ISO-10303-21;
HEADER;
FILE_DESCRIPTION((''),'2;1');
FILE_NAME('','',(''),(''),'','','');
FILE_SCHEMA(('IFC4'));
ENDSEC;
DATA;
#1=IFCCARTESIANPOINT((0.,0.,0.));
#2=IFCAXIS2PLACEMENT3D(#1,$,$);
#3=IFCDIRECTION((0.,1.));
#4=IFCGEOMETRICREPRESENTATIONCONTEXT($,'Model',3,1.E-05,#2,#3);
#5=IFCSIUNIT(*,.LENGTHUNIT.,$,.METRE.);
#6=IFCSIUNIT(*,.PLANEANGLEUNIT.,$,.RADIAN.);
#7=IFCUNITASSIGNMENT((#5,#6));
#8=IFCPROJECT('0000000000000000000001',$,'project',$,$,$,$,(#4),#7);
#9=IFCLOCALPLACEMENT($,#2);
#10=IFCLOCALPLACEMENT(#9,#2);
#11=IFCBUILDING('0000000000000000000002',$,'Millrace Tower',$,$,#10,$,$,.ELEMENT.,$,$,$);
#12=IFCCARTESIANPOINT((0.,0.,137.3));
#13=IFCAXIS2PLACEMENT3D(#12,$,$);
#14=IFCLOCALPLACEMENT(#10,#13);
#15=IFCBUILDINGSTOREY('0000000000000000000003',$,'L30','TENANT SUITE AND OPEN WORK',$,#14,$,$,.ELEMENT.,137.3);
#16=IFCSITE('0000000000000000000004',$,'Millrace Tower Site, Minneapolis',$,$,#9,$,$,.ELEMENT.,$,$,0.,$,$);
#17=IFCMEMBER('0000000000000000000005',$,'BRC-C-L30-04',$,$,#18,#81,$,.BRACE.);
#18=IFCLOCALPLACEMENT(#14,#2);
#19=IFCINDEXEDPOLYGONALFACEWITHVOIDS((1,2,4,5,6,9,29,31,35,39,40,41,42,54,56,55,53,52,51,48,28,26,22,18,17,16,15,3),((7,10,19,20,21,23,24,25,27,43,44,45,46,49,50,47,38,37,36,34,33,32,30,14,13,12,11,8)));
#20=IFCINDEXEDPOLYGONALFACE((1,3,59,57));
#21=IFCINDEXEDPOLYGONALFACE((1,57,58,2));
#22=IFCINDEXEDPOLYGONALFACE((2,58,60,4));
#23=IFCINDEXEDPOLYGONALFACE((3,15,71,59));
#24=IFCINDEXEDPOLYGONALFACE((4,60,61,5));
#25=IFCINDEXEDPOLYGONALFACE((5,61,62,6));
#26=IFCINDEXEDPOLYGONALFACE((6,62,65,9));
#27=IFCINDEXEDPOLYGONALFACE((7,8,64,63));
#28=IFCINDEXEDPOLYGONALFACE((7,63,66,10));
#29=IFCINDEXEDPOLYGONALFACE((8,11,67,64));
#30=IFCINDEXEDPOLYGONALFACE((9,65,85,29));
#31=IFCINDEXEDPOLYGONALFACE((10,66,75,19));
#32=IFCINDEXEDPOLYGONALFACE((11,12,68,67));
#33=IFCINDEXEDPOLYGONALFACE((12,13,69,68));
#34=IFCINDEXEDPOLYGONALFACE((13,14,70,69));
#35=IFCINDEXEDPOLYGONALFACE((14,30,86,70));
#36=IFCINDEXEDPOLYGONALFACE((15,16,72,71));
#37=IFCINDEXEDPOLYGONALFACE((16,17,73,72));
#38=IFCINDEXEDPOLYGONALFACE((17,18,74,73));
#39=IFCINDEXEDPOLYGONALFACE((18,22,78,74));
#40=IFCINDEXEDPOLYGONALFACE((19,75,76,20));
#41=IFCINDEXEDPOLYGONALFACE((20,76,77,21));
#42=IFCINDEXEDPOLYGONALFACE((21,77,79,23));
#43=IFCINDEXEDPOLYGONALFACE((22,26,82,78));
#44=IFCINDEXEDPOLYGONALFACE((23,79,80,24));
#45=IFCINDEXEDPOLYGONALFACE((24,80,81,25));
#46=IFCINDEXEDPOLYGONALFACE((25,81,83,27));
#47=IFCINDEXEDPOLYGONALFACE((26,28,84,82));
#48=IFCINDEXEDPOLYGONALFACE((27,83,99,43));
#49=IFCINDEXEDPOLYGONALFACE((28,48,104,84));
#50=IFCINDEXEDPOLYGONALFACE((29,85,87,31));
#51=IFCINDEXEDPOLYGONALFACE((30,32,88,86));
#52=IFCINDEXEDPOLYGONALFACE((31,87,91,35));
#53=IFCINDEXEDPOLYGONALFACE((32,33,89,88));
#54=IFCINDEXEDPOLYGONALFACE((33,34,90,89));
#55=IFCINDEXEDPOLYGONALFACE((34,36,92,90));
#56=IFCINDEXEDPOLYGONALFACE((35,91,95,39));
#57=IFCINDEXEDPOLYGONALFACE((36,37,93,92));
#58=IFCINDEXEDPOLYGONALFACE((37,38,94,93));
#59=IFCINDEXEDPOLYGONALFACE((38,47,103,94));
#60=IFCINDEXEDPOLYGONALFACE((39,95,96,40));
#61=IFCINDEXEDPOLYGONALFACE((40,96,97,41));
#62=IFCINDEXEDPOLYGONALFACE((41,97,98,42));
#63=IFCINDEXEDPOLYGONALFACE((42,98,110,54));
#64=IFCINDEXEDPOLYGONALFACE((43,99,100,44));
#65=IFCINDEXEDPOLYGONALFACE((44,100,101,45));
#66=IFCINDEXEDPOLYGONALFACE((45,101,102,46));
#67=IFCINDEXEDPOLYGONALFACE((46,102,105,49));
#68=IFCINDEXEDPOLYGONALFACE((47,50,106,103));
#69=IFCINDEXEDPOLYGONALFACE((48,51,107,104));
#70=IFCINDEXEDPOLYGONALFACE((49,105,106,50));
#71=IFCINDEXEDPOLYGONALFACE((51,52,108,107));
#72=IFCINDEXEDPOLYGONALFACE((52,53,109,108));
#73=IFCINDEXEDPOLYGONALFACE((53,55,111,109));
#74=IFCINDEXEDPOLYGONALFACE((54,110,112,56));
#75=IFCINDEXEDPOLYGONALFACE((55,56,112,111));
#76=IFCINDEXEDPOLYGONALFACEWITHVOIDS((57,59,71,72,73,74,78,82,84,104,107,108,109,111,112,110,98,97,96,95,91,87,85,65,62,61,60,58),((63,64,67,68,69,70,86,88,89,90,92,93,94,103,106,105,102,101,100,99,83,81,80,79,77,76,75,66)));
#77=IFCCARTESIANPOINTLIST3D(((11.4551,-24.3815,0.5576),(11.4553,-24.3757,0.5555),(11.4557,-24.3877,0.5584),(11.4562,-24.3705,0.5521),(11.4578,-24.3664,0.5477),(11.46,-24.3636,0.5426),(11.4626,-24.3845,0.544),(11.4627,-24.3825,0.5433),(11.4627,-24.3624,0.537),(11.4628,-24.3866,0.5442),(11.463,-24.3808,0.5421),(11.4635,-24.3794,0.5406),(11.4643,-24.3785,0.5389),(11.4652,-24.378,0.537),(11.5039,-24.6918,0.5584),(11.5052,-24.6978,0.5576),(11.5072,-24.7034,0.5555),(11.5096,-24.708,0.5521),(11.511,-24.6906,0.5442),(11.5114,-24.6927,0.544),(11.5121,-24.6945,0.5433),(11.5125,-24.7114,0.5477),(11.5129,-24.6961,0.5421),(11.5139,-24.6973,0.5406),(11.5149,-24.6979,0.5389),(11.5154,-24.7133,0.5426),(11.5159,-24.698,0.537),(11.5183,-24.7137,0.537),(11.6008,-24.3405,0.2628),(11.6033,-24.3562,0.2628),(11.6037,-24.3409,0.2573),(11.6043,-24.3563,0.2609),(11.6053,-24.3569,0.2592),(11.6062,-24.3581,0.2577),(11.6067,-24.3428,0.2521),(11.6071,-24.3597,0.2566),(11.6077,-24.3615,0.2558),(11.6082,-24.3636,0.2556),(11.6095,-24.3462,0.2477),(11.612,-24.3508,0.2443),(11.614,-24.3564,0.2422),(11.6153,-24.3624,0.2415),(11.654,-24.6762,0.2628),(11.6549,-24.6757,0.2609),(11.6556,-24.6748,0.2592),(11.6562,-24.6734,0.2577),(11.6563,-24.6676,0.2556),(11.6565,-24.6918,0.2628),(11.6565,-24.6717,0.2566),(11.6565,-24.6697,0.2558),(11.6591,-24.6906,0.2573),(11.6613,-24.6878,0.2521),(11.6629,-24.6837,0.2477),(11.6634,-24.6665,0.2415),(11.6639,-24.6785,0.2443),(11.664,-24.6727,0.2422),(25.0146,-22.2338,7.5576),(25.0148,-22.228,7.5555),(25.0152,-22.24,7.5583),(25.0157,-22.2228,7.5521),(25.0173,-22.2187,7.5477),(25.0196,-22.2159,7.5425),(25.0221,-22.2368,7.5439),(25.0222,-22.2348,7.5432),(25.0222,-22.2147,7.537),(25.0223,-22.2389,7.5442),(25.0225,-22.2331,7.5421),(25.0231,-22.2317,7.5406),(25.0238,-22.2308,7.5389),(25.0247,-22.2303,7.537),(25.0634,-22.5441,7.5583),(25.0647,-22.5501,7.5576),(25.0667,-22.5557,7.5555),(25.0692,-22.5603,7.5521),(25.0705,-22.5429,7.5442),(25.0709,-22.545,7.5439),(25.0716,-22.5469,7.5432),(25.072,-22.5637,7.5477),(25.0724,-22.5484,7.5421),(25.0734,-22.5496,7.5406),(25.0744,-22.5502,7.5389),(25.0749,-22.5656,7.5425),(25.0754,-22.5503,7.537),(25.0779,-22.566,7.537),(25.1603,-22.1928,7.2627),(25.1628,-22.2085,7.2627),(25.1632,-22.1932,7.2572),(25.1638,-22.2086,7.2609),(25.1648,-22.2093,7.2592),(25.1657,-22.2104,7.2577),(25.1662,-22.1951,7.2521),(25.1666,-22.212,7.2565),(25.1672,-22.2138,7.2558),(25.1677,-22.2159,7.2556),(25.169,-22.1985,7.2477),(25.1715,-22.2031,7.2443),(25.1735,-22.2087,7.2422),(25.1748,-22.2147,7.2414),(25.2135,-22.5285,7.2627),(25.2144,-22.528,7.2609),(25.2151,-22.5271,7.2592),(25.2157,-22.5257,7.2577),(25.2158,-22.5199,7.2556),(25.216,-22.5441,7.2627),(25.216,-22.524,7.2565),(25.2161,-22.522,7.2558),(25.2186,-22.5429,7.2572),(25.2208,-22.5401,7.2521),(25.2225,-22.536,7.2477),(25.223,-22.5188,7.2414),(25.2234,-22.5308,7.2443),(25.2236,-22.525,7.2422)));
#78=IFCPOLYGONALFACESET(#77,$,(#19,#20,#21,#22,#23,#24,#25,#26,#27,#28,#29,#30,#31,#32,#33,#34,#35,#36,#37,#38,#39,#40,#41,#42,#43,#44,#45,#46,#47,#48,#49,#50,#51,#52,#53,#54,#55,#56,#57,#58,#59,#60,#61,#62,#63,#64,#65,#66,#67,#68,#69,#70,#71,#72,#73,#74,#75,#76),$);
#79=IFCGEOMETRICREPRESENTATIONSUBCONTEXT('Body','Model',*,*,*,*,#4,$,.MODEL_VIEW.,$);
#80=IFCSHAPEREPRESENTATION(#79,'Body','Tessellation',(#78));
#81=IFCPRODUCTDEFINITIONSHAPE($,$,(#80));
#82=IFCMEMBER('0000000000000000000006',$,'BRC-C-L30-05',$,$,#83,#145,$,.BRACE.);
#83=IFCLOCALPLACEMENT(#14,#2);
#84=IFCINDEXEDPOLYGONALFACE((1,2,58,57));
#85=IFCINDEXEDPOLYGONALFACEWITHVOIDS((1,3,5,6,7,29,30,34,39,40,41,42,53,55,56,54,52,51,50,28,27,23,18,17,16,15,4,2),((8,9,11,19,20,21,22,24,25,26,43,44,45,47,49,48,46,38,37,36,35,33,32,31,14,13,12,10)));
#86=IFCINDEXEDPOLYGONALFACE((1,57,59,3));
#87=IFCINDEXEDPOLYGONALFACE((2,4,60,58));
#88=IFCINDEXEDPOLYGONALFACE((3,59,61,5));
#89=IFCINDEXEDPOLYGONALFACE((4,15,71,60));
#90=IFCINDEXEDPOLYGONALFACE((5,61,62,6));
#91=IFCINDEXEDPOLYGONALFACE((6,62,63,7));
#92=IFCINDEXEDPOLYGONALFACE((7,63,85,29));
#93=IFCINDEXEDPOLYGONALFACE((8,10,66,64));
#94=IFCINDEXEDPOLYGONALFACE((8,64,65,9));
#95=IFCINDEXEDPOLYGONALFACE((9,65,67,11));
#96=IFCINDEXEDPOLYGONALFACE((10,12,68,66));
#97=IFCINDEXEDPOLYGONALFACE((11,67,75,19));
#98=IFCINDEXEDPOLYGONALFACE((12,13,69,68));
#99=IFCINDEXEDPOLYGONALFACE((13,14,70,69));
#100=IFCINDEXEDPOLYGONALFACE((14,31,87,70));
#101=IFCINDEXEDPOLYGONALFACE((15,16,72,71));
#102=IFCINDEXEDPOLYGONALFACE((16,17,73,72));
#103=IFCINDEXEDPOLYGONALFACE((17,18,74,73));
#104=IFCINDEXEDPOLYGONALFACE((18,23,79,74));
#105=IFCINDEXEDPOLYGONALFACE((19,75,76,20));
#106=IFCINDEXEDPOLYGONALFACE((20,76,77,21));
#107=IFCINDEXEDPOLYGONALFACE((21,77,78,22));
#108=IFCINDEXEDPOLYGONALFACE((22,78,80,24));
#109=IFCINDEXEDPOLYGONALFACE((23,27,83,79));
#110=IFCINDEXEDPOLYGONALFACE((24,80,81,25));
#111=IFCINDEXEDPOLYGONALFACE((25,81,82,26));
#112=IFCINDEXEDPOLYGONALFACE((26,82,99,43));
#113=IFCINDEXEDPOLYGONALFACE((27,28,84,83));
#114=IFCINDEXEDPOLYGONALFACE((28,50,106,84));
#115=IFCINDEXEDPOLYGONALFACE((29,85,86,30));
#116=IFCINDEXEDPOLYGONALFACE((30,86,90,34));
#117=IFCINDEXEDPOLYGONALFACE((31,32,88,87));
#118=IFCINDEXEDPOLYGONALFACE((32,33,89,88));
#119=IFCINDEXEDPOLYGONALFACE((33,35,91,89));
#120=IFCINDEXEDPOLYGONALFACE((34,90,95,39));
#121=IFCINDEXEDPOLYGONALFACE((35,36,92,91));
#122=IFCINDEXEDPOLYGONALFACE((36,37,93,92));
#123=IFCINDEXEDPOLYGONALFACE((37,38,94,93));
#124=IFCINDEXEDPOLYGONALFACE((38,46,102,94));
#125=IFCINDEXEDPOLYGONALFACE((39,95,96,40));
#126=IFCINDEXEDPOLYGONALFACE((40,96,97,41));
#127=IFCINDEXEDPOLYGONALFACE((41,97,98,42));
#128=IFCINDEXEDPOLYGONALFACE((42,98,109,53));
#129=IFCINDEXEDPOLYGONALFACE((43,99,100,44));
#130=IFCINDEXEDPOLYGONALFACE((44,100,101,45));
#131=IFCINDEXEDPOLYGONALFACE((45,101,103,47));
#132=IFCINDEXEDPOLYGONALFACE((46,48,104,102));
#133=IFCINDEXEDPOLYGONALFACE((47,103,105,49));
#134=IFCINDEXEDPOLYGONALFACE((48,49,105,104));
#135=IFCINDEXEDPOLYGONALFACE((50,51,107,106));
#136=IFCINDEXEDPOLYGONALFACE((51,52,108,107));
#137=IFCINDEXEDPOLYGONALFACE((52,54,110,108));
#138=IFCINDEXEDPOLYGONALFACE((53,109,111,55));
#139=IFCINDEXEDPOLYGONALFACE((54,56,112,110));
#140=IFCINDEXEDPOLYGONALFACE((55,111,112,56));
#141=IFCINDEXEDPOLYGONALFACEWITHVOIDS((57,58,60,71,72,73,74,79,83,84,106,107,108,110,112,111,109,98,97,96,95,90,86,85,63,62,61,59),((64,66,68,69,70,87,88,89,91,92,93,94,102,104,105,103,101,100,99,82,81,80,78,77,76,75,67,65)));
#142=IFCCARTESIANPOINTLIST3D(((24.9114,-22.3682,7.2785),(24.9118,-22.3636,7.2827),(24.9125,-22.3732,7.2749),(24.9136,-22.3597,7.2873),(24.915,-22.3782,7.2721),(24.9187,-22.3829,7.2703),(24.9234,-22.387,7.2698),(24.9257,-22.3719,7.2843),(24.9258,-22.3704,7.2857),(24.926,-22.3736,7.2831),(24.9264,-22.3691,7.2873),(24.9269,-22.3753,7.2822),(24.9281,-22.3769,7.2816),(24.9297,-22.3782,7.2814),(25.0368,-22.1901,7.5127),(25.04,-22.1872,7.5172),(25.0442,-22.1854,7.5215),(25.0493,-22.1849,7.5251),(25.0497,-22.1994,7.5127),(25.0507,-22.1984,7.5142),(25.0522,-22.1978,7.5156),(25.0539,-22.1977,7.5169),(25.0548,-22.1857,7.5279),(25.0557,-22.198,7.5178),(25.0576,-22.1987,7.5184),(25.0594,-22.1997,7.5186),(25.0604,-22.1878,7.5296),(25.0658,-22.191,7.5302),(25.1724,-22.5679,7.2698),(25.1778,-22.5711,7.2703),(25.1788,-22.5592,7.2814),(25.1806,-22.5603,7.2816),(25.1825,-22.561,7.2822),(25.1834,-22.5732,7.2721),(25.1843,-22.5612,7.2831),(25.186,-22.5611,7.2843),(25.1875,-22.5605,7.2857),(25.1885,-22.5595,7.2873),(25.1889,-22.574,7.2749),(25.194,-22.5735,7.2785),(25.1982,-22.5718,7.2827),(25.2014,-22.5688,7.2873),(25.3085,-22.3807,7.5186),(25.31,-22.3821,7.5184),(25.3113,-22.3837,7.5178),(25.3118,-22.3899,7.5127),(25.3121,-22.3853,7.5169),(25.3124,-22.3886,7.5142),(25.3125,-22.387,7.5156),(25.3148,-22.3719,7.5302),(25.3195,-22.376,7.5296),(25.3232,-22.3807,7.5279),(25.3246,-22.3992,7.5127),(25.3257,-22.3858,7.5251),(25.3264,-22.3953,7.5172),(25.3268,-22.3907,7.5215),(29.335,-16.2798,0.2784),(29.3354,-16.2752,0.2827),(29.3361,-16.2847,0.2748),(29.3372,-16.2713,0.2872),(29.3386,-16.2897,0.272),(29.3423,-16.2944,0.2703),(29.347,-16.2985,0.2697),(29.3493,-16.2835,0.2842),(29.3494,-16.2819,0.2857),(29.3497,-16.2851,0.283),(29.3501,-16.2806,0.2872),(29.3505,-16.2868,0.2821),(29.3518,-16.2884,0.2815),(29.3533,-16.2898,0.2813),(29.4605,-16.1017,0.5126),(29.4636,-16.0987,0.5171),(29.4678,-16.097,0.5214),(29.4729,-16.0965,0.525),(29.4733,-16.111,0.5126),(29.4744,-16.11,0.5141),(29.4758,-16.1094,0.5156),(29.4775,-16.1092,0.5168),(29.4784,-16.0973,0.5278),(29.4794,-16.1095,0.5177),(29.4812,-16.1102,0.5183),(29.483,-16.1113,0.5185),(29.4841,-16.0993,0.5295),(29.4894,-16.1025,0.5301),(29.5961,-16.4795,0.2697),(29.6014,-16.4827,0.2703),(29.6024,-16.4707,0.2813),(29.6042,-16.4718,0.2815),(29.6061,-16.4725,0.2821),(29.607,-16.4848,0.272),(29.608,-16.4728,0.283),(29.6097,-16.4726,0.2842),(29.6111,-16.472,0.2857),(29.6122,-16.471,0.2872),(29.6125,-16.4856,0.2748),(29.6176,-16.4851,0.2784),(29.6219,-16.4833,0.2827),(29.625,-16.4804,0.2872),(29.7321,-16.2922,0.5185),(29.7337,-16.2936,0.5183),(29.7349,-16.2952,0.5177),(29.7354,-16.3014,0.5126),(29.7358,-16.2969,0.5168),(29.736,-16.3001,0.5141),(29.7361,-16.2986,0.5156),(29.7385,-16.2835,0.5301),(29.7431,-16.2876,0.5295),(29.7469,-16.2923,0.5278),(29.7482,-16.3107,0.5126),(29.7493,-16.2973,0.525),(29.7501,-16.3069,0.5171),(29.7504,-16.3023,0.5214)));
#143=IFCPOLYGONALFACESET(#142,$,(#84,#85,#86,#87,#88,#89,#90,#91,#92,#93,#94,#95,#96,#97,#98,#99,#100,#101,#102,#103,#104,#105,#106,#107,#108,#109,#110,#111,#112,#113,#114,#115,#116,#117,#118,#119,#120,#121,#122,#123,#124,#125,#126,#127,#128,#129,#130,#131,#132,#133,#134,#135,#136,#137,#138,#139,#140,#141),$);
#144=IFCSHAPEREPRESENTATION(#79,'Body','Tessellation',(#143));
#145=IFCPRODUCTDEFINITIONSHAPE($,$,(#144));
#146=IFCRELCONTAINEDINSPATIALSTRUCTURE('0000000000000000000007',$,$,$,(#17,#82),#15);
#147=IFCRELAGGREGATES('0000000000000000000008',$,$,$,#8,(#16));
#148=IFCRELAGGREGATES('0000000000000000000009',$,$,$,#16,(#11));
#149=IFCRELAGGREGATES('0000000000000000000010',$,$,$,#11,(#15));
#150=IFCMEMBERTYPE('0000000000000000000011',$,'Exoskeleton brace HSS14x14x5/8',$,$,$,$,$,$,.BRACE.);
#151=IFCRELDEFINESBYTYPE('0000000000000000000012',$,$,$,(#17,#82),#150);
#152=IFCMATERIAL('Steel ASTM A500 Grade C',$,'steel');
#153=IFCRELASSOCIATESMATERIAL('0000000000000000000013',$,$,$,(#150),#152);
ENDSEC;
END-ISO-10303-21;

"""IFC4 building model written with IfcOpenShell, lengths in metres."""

from ifc_helpers import new_model, si_unit, direction, frame, origin, origin_2d, place, context, subcontext, project, spatial, hollow_rectangle, extrude, material, material_profile, profile_set, type_object, element, save


model = new_model("IFC4")

# Units and contexts
model_context = context("Model", 3, precision=1e-05, world=origin(), true_north=direction((0.0, 1.0)))
body_context = subcontext(model_context, "Body", "Model", "MODEL_VIEW")
ifc_project = project(units=[si_unit("LENGTHUNIT", "METRE"), si_unit("PLANEANGLEUNIT", "RADIAN")], contexts=[model_context])

# Site, building, storey
site_placement = place(None, origin())
site = spatial("IfcSite", under=ifc_project, at=site_placement, Name="Millrace Tower Site, Minneapolis", CompositionType="ELEMENT", RefElevation=0.0)
building_placement = place(site_placement, origin())
building = spatial("IfcBuilding", under=site, at=building_placement, Name="Millrace Tower", CompositionType="ELEMENT")
storey_placement = place(building_placement, frame((0.0, 0.0, 137.3)))
storey = spatial("IfcBuildingStorey", under=building, at=storey_placement, Name="L30", Description="TENANT SUITE AND OPEN WORK", CompositionType="ELEMENT", Elevation=137.3)

# Members
ifc_material_1 = material(Name="Steel ASTM A500 Grade C", Category="steel")
ifc_material_profile_1 = material_profile(ifc_material_1, hollow_rectangle(XDim=0.3557, YDim=0.3557, WallThickness=0.0159, InnerFilletRadius=0.0081, OuterFilletRadius=0.0239, at=origin_2d()))
ifc_profile_set_1 = profile_set([ifc_material_profile_1], Name="Steel ASTM A500 Grade C")
member_type_1 = type_object("IfcMemberType", Name="Exoskeleton brace HSS14x14x5/8", PredefinedType="BRACE", material=ifc_profile_set_1)
member_1_placement = place(storey_placement, frame((11.5596, -24.5271, 0.3999), z_axis=(0.879908, 0.139369, 0.454244), x_axis=(-0.15644, 0.987687, 0.0)))
element("IfcMember", 1, at=member_1_placement, inside=storey, type_object=member_type_1, Name="BRC-C-L30-04", PredefinedType="BRACE", context=body_context, shape_type="SweptSolid", body=[
    extrude(hollow_rectangle(XDim=0.3557, YDim=0.3557, WallThickness=0.0159, InnerFilletRadius=0.0081, OuterFilletRadius=0.0239, at=origin_2d()), origin(), (0.0, 0.0, 1.0), 15.4102),
])
member_2_placement = place(storey_placement, frame((29.5427, -16.291, 0.3999), z_axis=(-0.430395, -0.592372, 0.681069), x_axis=(0.80901, -0.587795, 0.0)))
element("IfcMember", 2, at=member_2_placement, inside=storey, type_object=member_type_1, Name="BRC-C-L30-05", PredefinedType="BRACE", context=body_context, shape_type="SweptSolid", body=[
    extrude(hollow_rectangle(XDim=0.3557, YDim=0.3557, WallThickness=0.0159, InnerFilletRadius=0.0081, OuterFilletRadius=0.0239, at=origin_2d()), origin(), (0.0, 0.0, 1.0), 10.2781),
])

save(model, "model.ifc")
